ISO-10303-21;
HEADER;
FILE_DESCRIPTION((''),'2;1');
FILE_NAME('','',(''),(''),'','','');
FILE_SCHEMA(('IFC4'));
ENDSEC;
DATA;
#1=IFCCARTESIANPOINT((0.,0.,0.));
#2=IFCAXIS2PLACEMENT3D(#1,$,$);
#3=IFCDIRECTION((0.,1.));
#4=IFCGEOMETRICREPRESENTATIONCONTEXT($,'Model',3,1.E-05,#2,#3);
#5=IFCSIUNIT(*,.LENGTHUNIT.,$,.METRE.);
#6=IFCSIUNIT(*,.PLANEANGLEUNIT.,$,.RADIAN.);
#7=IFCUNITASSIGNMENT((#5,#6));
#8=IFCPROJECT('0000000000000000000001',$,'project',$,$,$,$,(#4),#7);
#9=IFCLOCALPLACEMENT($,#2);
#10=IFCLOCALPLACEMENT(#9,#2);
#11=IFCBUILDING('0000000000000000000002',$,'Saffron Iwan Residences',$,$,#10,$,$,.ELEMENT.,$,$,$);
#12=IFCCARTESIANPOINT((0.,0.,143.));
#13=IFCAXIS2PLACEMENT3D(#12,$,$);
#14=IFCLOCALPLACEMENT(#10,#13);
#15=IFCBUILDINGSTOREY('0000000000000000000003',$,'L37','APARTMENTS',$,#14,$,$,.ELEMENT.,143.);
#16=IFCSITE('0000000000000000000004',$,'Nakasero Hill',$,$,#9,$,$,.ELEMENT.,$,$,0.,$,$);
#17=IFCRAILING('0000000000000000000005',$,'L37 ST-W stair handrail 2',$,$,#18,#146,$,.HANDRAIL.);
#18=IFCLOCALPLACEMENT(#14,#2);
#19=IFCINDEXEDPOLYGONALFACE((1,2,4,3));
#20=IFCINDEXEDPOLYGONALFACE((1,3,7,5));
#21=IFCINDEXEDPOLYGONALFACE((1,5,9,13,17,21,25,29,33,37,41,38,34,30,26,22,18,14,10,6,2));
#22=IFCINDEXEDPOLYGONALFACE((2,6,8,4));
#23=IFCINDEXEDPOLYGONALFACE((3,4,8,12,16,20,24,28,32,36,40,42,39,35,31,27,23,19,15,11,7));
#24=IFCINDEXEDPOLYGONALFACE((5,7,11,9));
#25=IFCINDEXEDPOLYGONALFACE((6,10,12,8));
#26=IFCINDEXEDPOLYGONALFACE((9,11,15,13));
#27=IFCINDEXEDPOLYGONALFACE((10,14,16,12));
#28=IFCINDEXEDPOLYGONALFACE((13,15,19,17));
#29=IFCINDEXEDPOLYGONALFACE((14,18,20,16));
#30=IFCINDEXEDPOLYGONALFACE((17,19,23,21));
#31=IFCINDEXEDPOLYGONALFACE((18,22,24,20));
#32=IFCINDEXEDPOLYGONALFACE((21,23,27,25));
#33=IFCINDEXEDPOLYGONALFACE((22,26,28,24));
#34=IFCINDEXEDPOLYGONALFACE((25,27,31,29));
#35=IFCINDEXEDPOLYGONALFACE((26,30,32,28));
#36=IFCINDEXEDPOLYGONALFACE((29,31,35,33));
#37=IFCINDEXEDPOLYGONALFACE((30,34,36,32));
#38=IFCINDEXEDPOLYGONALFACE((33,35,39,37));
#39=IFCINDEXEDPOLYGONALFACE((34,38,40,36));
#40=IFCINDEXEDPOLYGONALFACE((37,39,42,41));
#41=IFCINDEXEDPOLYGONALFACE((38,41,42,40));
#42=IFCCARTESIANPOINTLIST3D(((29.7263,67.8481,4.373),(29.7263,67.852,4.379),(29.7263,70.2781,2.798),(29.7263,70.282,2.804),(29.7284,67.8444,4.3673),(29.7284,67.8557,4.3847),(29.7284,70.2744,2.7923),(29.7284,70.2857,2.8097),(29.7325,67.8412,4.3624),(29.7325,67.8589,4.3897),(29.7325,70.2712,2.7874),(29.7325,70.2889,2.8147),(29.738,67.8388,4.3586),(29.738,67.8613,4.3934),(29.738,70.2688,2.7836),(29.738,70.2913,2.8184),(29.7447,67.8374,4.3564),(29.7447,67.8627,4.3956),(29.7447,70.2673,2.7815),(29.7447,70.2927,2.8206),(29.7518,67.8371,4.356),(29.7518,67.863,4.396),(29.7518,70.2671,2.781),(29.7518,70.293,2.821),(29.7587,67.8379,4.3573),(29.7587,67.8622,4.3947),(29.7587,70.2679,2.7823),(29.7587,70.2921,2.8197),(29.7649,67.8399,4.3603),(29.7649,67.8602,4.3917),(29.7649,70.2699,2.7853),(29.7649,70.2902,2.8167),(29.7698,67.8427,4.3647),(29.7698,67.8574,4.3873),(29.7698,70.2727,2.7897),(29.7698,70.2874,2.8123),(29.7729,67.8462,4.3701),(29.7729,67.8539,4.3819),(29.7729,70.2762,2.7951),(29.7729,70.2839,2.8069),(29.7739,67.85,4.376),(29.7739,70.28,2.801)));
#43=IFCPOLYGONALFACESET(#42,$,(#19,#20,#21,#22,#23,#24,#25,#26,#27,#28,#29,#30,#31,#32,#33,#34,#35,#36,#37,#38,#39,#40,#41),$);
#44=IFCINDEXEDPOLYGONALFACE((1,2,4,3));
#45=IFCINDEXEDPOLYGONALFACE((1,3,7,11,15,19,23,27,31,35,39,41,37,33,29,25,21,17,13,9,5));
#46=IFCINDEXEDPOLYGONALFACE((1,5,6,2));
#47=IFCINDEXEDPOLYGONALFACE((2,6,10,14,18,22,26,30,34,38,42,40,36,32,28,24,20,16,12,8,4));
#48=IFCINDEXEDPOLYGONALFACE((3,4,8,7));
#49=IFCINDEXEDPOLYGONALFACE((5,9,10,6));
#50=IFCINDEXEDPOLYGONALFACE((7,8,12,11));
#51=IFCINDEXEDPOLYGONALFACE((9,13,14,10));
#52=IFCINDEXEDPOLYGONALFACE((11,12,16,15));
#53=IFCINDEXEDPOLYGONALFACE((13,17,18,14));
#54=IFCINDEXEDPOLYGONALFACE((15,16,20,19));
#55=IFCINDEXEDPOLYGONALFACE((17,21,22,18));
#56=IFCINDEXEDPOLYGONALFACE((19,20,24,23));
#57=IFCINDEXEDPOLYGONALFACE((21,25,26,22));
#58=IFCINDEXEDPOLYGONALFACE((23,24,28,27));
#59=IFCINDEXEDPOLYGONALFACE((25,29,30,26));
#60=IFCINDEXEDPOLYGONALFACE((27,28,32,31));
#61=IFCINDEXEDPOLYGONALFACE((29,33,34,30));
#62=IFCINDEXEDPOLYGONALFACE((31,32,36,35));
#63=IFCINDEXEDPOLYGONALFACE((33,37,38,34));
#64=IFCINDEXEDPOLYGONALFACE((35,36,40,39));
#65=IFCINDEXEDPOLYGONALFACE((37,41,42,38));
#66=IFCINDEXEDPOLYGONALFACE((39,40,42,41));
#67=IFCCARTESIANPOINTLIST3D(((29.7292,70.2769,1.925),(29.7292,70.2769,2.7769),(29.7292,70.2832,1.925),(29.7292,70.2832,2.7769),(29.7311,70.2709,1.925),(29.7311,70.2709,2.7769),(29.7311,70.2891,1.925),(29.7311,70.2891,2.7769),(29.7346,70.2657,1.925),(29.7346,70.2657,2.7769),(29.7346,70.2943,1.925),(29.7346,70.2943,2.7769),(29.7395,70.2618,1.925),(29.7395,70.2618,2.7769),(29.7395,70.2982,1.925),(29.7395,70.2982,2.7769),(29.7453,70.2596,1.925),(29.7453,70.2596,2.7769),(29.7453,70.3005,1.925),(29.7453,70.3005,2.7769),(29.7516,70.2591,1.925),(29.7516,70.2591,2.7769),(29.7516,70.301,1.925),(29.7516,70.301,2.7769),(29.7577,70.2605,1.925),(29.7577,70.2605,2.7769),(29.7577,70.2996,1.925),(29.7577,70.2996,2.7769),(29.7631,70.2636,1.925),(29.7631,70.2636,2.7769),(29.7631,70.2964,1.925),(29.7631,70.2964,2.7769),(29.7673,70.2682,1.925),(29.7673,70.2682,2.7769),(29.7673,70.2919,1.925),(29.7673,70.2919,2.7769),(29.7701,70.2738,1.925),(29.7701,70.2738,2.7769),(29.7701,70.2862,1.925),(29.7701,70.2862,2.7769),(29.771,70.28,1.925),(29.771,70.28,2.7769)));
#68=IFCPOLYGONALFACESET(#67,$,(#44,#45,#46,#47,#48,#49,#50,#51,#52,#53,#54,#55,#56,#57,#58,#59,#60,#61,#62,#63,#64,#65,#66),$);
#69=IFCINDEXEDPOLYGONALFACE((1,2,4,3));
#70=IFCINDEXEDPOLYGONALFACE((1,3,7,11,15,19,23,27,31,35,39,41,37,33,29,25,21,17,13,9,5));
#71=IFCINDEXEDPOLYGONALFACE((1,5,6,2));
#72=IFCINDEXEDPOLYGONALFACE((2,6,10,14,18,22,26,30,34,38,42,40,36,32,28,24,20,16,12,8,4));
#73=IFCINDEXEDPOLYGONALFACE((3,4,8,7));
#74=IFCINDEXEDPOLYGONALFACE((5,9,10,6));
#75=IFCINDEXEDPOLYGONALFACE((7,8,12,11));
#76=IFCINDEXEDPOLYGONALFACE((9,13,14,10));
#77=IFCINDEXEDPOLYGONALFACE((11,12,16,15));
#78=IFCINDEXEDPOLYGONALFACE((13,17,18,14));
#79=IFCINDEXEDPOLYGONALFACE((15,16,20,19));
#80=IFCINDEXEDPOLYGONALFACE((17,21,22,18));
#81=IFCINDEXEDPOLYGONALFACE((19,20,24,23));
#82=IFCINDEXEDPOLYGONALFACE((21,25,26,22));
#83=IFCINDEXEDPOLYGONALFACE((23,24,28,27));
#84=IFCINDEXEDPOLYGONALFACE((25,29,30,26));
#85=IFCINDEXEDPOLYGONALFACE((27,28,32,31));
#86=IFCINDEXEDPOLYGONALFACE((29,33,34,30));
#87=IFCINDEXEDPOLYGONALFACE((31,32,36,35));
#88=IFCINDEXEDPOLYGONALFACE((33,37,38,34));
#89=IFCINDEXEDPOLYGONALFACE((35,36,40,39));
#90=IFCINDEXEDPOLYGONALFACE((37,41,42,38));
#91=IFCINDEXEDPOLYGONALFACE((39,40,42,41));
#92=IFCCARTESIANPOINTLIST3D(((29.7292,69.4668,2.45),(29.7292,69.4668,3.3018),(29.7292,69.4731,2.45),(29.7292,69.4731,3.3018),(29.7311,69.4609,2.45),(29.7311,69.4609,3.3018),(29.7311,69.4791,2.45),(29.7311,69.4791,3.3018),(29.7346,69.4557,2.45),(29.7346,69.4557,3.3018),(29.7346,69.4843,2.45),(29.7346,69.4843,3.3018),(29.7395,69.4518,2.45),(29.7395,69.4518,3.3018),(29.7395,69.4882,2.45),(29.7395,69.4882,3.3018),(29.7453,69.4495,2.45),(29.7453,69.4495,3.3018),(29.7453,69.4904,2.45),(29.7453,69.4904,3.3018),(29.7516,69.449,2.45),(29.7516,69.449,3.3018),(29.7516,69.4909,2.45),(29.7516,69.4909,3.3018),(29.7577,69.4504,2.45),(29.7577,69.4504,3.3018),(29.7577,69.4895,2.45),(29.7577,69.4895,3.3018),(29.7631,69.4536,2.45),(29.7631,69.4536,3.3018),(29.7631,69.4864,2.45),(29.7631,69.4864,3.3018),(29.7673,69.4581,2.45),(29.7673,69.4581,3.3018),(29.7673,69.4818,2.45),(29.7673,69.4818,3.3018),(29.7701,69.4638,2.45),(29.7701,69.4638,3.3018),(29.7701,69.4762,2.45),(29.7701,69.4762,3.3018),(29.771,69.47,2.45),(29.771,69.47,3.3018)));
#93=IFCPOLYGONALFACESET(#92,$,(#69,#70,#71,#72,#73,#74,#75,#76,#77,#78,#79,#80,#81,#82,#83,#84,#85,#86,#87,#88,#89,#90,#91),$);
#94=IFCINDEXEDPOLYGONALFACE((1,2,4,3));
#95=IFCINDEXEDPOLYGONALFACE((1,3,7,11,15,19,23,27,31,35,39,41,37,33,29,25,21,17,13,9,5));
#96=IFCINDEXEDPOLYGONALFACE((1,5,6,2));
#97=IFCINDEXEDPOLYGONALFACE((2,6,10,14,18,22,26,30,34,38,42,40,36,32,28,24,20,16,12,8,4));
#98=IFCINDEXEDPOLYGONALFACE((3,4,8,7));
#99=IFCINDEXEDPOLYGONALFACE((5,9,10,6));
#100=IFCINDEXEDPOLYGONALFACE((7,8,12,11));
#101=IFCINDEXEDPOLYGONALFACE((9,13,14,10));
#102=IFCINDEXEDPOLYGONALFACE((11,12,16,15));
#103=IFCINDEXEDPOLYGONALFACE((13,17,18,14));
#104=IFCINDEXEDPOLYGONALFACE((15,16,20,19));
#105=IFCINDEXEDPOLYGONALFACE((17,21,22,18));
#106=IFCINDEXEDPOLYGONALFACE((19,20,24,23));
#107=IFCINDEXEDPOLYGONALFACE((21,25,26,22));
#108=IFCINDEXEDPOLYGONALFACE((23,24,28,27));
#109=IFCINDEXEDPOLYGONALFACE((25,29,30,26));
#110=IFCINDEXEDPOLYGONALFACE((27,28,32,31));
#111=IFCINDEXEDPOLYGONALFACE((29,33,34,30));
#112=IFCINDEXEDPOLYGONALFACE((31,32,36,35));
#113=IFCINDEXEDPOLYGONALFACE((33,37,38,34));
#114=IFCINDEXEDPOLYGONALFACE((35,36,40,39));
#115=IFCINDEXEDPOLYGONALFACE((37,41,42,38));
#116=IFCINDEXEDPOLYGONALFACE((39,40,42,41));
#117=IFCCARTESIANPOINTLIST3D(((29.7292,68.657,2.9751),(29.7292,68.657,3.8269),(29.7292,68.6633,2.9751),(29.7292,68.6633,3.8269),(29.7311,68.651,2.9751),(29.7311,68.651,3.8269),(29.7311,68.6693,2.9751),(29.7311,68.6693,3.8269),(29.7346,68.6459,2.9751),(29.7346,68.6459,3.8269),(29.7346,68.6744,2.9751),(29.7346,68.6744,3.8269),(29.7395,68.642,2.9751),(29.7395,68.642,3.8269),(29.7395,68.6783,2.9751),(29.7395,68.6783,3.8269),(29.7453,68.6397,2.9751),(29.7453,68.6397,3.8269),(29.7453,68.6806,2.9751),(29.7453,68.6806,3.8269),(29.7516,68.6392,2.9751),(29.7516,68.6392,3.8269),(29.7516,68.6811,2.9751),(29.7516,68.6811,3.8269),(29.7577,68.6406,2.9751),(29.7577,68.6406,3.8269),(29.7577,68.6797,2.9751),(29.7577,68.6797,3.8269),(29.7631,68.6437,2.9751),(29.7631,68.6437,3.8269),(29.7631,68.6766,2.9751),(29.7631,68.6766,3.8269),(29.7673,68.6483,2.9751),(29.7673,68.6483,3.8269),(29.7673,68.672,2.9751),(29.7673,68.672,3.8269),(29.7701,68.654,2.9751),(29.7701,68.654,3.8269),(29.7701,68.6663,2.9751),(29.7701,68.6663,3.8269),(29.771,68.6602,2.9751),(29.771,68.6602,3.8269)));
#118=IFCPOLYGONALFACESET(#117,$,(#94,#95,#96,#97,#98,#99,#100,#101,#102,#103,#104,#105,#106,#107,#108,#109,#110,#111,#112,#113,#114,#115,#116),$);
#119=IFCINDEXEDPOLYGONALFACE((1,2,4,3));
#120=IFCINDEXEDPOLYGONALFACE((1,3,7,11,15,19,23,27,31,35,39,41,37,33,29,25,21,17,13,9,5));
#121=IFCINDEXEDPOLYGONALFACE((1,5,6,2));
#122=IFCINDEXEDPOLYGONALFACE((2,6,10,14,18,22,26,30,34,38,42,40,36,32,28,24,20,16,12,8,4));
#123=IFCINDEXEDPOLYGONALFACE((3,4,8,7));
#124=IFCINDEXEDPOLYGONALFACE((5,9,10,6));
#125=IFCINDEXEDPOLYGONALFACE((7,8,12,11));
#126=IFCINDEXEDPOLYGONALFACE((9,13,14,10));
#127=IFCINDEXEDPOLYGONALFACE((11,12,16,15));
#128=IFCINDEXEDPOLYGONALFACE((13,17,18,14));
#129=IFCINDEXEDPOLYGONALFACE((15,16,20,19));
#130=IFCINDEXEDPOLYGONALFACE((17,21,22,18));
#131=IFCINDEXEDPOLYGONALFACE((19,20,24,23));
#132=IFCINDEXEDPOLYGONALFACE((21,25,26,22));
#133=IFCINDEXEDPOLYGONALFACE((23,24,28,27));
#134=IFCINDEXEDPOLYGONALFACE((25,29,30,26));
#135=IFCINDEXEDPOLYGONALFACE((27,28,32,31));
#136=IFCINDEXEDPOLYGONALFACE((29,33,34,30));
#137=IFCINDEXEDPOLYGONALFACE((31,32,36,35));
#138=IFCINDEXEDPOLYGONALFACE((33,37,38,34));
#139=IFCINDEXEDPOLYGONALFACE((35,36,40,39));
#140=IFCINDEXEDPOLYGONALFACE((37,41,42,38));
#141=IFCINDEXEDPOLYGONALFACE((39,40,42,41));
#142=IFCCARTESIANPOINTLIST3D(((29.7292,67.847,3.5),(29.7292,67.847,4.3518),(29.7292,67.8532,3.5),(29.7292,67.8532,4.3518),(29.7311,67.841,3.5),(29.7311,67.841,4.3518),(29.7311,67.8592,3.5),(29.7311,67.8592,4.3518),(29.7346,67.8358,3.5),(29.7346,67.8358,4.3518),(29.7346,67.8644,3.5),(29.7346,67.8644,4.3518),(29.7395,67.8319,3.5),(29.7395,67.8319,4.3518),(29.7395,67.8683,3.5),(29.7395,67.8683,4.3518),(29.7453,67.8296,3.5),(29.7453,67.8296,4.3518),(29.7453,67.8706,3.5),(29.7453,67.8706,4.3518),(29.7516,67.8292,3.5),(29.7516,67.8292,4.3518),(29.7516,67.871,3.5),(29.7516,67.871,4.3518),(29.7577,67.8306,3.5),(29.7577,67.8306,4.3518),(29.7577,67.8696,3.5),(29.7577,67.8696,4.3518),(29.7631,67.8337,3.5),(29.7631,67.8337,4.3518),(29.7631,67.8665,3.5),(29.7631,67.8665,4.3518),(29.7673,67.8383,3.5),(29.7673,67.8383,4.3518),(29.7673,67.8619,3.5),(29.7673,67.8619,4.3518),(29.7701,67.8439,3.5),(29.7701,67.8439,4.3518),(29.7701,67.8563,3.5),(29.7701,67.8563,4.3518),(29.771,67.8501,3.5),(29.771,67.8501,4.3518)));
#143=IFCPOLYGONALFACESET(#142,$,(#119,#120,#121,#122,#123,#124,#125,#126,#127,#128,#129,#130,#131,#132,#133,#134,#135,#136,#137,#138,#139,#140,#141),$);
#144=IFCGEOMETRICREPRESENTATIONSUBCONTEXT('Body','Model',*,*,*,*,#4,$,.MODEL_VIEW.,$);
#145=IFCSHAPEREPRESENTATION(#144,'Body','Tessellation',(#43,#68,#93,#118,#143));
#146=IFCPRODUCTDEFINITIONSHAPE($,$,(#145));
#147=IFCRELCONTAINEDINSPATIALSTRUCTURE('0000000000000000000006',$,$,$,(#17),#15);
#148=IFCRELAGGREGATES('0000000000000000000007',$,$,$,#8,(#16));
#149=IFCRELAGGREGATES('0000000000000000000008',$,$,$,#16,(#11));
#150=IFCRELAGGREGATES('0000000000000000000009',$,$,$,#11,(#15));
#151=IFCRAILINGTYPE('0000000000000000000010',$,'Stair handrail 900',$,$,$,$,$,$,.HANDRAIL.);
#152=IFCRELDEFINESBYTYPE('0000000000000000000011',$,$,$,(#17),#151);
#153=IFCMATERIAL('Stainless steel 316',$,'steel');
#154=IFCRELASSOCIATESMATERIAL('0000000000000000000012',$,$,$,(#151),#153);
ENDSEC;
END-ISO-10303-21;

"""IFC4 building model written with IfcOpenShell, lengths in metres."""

from ifc_helpers import new_model, si_unit, direction, frame, origin, origin_2d, place, context, subcontext, project, spatial, circle, extrude, material, type_object, element, save


model = new_model("IFC4")

# Units and contexts
model_context = context("Model", 3, precision=1e-05, world=origin(), true_north=direction((0.0, 1.0)))
body_context = subcontext(model_context, "Body", "Model", "MODEL_VIEW")
ifc_project = project(units=[si_unit("LENGTHUNIT", "METRE"), si_unit("PLANEANGLEUNIT", "RADIAN")], contexts=[model_context])

# Site, building, storey
site_placement = place(None, origin())
site = spatial("IfcSite", under=ifc_project, at=site_placement, Name="Nakasero Hill", CompositionType="ELEMENT", RefElevation=0.0)
building_placement = place(site_placement, origin())
building = spatial("IfcBuilding", under=site, at=building_placement, Name="Saffron Iwan Residences", CompositionType="ELEMENT")
storey_placement = place(building_placement, frame((0.0, 0.0, 143.0)))
storey = spatial("IfcBuildingStorey", under=building, at=storey_placement, Name="L37", Description="APARTMENTS", CompositionType="ELEMENT", Elevation=143.0)

# Railing
ifc_material_1 = material(Name="Stainless steel 316", Category="steel")
railing_type_1 = type_object("IfcRailingType", Name="Stair handrail 900", PredefinedType="HANDRAIL", material=ifc_material_1)
railing_1_placement = place(storey_placement, frame((29.75, 70.28, 1.925)))
element("IfcRailing", 1, at=railing_1_placement, inside=storey, type_object=railing_type_1, Name="L37 ST-W stair handrail 2", PredefinedType="HANDRAIL", context=body_context, shape_type="SweptSolid", body=[
    extrude(circle(Radius=0.0239, at=origin_2d()), frame((0.0, 0.0, 0.876), z_axis=(0.0, -0.839154, 0.543894), x_axis=(1.0, 0.0, 0.0)), (0.0, 0.0, 1.0), 2.8958),
    extrude(circle(Radius=0.021, at=origin_2d()), origin(), (0.0, 0.0, 1.0), 0.8518),
    extrude(circle(Radius=0.021, at=origin_2d()), frame((0.0, -0.8101, 0.5249)), (0.0, 0.0, 1.0), 0.8518),
    extrude(circle(Radius=0.021, at=origin_2d()), frame((0.0, -1.6199, 1.05)), (0.0, 0.0, 1.0), 0.8518),
    extrude(circle(Radius=0.021, at=origin_2d()), frame((0.0, -2.4299, 1.575)), (0.0, 0.0, 1.0), 0.8518),
])

save(model, "model.ifc")
